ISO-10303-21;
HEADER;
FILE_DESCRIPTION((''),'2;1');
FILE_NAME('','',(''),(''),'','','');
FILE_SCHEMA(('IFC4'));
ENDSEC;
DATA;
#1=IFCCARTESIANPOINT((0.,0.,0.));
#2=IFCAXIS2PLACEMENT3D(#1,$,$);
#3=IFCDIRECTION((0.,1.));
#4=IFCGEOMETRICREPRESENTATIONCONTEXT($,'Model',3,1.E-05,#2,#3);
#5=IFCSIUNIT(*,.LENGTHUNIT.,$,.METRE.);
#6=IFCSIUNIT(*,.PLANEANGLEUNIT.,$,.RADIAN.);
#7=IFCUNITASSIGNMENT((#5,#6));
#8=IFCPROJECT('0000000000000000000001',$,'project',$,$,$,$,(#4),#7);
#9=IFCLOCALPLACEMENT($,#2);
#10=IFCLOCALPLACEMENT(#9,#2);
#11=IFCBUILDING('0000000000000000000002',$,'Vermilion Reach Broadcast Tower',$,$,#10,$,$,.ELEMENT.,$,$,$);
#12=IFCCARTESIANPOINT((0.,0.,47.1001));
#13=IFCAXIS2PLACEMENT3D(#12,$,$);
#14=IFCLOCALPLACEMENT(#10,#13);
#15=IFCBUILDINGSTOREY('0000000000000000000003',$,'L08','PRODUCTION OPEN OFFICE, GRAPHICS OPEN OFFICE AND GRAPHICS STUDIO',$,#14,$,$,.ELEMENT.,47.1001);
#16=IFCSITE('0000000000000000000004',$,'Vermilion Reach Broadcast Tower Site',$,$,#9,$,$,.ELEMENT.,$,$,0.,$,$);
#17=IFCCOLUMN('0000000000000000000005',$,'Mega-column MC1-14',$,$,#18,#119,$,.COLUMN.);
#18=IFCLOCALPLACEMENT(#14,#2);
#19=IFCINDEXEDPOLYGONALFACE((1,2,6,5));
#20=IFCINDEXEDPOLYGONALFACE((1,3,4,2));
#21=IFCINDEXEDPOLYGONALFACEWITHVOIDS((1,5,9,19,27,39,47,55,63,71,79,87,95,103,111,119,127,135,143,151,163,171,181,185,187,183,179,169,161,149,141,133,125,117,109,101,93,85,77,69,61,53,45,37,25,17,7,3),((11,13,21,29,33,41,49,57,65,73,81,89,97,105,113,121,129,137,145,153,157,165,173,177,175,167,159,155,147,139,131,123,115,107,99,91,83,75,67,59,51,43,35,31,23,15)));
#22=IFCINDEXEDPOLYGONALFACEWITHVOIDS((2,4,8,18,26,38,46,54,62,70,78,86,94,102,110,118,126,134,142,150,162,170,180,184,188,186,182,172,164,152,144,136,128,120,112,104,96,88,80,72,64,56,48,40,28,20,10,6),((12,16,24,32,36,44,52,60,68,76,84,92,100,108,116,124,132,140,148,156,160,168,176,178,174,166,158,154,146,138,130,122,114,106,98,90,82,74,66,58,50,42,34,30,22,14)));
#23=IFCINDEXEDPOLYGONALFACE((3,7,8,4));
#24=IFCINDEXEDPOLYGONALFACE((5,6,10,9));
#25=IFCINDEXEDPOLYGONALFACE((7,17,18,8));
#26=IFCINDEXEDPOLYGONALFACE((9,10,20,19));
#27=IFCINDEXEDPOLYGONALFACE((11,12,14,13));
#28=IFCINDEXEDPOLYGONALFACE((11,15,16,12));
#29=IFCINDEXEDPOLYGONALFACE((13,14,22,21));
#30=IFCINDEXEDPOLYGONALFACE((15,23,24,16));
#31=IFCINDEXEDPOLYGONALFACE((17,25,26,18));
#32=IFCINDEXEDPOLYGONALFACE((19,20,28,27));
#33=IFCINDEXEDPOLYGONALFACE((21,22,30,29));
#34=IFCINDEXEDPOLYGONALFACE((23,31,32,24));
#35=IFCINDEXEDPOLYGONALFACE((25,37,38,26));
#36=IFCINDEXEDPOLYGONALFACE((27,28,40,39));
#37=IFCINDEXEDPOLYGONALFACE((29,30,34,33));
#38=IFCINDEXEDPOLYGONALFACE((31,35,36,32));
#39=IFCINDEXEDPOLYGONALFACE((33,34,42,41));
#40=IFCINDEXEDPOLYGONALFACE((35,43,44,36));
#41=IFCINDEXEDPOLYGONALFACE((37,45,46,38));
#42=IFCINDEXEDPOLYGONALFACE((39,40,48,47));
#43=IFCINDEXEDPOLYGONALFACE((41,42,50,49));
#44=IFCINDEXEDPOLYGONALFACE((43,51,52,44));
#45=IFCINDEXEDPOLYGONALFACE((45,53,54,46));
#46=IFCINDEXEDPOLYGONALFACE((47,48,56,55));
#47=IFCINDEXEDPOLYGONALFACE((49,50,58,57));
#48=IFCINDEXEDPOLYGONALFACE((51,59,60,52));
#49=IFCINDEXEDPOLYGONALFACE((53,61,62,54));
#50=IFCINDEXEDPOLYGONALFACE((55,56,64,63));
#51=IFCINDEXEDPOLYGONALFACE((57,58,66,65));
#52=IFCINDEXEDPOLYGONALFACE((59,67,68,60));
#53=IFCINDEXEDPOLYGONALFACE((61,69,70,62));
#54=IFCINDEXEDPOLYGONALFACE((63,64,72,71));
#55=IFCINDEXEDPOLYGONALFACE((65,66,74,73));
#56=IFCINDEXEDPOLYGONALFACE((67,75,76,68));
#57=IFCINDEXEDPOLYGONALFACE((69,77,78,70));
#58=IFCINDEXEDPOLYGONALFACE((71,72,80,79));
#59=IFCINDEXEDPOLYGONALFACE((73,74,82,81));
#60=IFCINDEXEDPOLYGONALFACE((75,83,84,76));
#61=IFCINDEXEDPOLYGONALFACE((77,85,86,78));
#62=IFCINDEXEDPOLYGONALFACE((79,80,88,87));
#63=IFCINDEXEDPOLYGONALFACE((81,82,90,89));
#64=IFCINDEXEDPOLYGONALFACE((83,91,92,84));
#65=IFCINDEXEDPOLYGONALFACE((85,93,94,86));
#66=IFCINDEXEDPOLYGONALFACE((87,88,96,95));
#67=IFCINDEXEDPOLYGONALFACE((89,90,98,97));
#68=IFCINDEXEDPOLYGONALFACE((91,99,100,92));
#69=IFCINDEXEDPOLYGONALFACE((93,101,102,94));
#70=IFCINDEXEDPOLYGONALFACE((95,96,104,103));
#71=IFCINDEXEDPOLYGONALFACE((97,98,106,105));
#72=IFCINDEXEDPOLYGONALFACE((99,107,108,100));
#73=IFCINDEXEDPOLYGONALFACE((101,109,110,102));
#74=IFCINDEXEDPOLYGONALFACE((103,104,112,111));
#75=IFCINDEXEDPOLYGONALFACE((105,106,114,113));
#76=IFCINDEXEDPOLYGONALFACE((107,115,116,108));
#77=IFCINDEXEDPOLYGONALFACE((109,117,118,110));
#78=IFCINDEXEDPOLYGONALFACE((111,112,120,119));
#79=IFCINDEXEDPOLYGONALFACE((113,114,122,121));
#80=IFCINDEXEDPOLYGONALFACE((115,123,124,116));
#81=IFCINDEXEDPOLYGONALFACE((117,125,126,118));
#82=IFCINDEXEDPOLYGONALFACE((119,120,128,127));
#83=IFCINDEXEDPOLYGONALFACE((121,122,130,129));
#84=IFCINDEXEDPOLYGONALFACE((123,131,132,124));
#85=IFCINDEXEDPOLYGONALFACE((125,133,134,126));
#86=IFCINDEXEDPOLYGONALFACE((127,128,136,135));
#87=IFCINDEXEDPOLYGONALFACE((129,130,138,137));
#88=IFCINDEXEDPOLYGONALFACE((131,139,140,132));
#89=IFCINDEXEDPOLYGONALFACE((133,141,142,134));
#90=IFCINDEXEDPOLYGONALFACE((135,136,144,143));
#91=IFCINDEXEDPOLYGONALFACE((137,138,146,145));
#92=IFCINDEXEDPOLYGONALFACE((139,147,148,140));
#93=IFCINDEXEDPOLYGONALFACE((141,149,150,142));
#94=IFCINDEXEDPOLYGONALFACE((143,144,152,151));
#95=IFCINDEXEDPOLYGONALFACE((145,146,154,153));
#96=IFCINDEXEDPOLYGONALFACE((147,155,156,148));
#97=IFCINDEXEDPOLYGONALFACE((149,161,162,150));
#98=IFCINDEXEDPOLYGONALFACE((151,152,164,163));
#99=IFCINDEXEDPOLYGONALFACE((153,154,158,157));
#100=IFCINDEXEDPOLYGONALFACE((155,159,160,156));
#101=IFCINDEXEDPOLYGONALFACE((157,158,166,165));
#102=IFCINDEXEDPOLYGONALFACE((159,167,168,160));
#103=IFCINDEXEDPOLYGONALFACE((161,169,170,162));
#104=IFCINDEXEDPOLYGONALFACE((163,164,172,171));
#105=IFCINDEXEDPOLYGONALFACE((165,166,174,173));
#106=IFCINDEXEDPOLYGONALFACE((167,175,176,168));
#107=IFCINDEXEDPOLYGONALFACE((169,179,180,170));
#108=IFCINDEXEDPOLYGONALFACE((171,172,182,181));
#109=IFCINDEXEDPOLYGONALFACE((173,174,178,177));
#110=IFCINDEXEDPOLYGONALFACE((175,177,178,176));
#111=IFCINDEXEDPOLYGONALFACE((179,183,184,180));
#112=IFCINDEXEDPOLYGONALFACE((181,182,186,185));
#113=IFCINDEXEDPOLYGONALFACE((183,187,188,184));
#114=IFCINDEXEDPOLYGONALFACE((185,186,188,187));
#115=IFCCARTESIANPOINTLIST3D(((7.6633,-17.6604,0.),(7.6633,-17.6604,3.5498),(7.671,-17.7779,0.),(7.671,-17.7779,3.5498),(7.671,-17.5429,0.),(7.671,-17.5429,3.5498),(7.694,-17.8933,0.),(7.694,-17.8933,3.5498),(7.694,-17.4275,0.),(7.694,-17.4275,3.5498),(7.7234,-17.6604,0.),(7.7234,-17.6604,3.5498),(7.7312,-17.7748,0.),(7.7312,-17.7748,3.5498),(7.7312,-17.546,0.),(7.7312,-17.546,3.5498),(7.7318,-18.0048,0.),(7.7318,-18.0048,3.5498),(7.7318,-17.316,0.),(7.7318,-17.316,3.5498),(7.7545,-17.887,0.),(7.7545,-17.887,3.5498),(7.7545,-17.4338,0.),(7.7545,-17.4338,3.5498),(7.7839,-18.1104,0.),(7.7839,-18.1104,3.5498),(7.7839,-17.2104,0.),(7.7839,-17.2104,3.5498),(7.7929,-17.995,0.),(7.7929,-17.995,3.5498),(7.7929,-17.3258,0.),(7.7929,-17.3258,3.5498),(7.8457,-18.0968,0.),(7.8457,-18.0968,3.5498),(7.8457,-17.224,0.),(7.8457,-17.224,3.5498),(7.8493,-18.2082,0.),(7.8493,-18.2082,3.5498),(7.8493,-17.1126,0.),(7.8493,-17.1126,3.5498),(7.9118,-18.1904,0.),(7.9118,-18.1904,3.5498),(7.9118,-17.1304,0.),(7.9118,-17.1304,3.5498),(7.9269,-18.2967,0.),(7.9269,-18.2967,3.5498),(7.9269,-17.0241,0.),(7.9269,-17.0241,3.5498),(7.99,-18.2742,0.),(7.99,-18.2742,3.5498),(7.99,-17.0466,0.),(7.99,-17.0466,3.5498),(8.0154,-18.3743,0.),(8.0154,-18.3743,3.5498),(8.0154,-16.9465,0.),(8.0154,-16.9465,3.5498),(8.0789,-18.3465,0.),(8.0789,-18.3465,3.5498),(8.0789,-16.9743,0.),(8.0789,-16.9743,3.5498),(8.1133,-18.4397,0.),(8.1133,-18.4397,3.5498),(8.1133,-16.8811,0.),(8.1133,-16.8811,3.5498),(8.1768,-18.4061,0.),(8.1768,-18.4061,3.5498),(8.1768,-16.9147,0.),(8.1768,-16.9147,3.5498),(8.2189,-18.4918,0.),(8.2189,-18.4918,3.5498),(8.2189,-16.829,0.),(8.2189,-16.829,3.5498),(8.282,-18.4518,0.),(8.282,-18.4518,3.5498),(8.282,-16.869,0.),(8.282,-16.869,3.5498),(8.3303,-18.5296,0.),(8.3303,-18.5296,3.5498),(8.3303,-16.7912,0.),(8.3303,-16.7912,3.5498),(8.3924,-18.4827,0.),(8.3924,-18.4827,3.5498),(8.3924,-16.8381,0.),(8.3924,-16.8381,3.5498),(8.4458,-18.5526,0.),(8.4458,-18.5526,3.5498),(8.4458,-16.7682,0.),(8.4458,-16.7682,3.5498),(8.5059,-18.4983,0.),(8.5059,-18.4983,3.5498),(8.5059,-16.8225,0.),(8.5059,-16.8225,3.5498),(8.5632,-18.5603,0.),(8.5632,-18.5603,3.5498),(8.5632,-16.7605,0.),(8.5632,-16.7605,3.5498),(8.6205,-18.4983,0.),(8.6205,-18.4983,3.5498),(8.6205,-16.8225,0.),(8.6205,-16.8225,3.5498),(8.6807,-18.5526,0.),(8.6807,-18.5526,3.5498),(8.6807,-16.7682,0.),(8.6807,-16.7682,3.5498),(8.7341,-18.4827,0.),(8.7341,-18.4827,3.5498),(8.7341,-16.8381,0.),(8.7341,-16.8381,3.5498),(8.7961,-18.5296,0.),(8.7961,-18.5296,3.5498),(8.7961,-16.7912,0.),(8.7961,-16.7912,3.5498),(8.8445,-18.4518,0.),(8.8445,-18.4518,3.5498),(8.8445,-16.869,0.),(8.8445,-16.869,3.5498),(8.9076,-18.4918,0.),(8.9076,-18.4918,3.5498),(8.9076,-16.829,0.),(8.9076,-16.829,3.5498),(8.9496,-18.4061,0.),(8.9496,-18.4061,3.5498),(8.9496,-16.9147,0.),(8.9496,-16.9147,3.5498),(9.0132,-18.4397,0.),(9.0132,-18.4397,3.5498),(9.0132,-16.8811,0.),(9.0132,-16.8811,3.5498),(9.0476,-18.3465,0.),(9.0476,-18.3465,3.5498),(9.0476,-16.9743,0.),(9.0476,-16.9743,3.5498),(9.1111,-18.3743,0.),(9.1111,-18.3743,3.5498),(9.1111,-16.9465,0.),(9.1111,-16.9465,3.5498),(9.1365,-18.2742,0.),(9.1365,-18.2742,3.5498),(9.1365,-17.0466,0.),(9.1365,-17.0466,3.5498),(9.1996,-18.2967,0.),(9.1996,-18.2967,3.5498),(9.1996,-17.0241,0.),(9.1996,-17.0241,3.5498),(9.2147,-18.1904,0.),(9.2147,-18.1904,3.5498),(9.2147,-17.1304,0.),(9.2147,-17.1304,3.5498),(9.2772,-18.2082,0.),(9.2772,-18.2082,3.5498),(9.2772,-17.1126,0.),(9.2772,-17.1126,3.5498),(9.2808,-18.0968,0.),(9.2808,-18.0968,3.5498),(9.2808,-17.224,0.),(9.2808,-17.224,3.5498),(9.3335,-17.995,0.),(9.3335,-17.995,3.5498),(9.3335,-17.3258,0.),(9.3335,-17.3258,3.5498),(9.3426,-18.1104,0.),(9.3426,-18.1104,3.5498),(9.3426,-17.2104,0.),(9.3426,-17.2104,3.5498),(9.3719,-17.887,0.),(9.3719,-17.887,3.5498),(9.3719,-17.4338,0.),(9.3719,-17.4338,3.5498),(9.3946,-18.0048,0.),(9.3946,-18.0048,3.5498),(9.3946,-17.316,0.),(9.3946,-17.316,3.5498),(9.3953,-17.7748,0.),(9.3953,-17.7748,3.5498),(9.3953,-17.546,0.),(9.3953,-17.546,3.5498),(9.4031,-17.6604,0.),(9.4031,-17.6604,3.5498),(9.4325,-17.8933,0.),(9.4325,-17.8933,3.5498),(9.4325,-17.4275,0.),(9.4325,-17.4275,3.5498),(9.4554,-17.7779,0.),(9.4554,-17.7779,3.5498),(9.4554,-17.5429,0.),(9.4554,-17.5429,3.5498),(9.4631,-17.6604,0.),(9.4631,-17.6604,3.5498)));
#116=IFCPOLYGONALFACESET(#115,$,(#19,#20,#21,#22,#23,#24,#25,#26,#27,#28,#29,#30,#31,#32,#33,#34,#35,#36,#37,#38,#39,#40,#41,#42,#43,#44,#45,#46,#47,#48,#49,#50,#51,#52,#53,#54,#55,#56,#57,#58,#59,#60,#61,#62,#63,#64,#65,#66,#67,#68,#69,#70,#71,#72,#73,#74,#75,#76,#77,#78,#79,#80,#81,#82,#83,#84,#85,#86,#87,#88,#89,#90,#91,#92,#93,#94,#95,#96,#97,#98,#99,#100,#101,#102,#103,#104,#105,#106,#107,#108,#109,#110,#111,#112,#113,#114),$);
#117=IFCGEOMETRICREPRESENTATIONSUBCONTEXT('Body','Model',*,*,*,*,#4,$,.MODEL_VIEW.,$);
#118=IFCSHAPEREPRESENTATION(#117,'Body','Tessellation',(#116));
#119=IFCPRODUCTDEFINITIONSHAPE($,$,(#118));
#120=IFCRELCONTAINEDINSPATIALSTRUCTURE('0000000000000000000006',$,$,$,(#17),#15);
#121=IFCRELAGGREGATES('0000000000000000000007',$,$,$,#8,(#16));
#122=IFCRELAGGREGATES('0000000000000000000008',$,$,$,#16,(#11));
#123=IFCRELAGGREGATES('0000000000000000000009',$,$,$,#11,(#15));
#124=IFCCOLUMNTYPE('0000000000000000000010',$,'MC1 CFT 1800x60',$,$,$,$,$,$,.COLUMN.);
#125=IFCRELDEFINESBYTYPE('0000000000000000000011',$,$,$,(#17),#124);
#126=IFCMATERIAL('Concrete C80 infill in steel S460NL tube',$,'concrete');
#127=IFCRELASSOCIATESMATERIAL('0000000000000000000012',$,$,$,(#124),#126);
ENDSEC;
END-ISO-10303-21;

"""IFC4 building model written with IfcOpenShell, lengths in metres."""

from ifc_helpers import new_model, si_unit, direction, frame, origin, origin_2d, place, context, subcontext, project, spatial, hollow_circle, extrude, material, material_profile, profile_set, type_object, element, save


model = new_model("IFC4")

# Units and contexts
model_context = context("Model", 3, precision=1e-05, world=origin(), true_north=direction((0.0, 1.0)))
body_context = subcontext(model_context, "Body", "Model", "MODEL_VIEW")
ifc_project = project(units=[si_unit("LENGTHUNIT", "METRE"), si_unit("PLANEANGLEUNIT", "RADIAN")], contexts=[model_context])

# Site, building, storey
site_placement = place(None, origin())
site = spatial("IfcSite", under=ifc_project, at=site_placement, Name="Vermilion Reach Broadcast Tower Site", CompositionType="ELEMENT", RefElevation=0.0)
building_placement = place(site_placement, origin())
building = spatial("IfcBuilding", under=site, at=building_placement, Name="Vermilion Reach Broadcast Tower", CompositionType="ELEMENT")
storey_placement = place(building_placement, frame((0.0, 0.0, 47.1001)))
storey = spatial("IfcBuildingStorey", under=building, at=storey_placement, Name="L08", Description="PRODUCTION OPEN OFFICE, GRAPHICS OPEN OFFICE AND GRAPHICS STUDIO", CompositionType="ELEMENT", Elevation=47.1001)

# Column
ifc_material_1 = material(Name="Concrete C80 infill in steel S460NL tube", Category="concrete")
ifc_material_profile_1 = material_profile(ifc_material_1, hollow_circle(Radius=0.8999, WallThickness=0.0601, at=origin_2d()), Name="Concrete C80 infill in steel S460NL tube CFT 1800x60")
ifc_profile_set_1 = profile_set([ifc_material_profile_1], Name="Concrete C80 infill in steel S460NL tube")
column_type = type_object("IfcColumnType", Name="MC1 CFT 1800x60", PredefinedType="COLUMN", material=ifc_profile_set_1)
for number, where, z_axis, x_axis, name in (
    (1, (8.5632, -17.6604, 0.0), (0.0, 0.0, 1.0), (1.0, 0.0, 0.0), "Mega-column MC1-14"),
):
    element("IfcColumn", number, at=place(storey_placement, frame(where, z_axis=z_axis, x_axis=x_axis)), inside=storey, type_object=column_type, Name=name, PredefinedType="COLUMN", context=body_context, shape_type="SweptSolid", body=[
        extrude(hollow_circle(Radius=0.8999, WallThickness=0.0601, at=origin_2d()), origin(), (0.0, 0.0, 1.0), 3.5498),
    ])

save(model, "model.ifc")
